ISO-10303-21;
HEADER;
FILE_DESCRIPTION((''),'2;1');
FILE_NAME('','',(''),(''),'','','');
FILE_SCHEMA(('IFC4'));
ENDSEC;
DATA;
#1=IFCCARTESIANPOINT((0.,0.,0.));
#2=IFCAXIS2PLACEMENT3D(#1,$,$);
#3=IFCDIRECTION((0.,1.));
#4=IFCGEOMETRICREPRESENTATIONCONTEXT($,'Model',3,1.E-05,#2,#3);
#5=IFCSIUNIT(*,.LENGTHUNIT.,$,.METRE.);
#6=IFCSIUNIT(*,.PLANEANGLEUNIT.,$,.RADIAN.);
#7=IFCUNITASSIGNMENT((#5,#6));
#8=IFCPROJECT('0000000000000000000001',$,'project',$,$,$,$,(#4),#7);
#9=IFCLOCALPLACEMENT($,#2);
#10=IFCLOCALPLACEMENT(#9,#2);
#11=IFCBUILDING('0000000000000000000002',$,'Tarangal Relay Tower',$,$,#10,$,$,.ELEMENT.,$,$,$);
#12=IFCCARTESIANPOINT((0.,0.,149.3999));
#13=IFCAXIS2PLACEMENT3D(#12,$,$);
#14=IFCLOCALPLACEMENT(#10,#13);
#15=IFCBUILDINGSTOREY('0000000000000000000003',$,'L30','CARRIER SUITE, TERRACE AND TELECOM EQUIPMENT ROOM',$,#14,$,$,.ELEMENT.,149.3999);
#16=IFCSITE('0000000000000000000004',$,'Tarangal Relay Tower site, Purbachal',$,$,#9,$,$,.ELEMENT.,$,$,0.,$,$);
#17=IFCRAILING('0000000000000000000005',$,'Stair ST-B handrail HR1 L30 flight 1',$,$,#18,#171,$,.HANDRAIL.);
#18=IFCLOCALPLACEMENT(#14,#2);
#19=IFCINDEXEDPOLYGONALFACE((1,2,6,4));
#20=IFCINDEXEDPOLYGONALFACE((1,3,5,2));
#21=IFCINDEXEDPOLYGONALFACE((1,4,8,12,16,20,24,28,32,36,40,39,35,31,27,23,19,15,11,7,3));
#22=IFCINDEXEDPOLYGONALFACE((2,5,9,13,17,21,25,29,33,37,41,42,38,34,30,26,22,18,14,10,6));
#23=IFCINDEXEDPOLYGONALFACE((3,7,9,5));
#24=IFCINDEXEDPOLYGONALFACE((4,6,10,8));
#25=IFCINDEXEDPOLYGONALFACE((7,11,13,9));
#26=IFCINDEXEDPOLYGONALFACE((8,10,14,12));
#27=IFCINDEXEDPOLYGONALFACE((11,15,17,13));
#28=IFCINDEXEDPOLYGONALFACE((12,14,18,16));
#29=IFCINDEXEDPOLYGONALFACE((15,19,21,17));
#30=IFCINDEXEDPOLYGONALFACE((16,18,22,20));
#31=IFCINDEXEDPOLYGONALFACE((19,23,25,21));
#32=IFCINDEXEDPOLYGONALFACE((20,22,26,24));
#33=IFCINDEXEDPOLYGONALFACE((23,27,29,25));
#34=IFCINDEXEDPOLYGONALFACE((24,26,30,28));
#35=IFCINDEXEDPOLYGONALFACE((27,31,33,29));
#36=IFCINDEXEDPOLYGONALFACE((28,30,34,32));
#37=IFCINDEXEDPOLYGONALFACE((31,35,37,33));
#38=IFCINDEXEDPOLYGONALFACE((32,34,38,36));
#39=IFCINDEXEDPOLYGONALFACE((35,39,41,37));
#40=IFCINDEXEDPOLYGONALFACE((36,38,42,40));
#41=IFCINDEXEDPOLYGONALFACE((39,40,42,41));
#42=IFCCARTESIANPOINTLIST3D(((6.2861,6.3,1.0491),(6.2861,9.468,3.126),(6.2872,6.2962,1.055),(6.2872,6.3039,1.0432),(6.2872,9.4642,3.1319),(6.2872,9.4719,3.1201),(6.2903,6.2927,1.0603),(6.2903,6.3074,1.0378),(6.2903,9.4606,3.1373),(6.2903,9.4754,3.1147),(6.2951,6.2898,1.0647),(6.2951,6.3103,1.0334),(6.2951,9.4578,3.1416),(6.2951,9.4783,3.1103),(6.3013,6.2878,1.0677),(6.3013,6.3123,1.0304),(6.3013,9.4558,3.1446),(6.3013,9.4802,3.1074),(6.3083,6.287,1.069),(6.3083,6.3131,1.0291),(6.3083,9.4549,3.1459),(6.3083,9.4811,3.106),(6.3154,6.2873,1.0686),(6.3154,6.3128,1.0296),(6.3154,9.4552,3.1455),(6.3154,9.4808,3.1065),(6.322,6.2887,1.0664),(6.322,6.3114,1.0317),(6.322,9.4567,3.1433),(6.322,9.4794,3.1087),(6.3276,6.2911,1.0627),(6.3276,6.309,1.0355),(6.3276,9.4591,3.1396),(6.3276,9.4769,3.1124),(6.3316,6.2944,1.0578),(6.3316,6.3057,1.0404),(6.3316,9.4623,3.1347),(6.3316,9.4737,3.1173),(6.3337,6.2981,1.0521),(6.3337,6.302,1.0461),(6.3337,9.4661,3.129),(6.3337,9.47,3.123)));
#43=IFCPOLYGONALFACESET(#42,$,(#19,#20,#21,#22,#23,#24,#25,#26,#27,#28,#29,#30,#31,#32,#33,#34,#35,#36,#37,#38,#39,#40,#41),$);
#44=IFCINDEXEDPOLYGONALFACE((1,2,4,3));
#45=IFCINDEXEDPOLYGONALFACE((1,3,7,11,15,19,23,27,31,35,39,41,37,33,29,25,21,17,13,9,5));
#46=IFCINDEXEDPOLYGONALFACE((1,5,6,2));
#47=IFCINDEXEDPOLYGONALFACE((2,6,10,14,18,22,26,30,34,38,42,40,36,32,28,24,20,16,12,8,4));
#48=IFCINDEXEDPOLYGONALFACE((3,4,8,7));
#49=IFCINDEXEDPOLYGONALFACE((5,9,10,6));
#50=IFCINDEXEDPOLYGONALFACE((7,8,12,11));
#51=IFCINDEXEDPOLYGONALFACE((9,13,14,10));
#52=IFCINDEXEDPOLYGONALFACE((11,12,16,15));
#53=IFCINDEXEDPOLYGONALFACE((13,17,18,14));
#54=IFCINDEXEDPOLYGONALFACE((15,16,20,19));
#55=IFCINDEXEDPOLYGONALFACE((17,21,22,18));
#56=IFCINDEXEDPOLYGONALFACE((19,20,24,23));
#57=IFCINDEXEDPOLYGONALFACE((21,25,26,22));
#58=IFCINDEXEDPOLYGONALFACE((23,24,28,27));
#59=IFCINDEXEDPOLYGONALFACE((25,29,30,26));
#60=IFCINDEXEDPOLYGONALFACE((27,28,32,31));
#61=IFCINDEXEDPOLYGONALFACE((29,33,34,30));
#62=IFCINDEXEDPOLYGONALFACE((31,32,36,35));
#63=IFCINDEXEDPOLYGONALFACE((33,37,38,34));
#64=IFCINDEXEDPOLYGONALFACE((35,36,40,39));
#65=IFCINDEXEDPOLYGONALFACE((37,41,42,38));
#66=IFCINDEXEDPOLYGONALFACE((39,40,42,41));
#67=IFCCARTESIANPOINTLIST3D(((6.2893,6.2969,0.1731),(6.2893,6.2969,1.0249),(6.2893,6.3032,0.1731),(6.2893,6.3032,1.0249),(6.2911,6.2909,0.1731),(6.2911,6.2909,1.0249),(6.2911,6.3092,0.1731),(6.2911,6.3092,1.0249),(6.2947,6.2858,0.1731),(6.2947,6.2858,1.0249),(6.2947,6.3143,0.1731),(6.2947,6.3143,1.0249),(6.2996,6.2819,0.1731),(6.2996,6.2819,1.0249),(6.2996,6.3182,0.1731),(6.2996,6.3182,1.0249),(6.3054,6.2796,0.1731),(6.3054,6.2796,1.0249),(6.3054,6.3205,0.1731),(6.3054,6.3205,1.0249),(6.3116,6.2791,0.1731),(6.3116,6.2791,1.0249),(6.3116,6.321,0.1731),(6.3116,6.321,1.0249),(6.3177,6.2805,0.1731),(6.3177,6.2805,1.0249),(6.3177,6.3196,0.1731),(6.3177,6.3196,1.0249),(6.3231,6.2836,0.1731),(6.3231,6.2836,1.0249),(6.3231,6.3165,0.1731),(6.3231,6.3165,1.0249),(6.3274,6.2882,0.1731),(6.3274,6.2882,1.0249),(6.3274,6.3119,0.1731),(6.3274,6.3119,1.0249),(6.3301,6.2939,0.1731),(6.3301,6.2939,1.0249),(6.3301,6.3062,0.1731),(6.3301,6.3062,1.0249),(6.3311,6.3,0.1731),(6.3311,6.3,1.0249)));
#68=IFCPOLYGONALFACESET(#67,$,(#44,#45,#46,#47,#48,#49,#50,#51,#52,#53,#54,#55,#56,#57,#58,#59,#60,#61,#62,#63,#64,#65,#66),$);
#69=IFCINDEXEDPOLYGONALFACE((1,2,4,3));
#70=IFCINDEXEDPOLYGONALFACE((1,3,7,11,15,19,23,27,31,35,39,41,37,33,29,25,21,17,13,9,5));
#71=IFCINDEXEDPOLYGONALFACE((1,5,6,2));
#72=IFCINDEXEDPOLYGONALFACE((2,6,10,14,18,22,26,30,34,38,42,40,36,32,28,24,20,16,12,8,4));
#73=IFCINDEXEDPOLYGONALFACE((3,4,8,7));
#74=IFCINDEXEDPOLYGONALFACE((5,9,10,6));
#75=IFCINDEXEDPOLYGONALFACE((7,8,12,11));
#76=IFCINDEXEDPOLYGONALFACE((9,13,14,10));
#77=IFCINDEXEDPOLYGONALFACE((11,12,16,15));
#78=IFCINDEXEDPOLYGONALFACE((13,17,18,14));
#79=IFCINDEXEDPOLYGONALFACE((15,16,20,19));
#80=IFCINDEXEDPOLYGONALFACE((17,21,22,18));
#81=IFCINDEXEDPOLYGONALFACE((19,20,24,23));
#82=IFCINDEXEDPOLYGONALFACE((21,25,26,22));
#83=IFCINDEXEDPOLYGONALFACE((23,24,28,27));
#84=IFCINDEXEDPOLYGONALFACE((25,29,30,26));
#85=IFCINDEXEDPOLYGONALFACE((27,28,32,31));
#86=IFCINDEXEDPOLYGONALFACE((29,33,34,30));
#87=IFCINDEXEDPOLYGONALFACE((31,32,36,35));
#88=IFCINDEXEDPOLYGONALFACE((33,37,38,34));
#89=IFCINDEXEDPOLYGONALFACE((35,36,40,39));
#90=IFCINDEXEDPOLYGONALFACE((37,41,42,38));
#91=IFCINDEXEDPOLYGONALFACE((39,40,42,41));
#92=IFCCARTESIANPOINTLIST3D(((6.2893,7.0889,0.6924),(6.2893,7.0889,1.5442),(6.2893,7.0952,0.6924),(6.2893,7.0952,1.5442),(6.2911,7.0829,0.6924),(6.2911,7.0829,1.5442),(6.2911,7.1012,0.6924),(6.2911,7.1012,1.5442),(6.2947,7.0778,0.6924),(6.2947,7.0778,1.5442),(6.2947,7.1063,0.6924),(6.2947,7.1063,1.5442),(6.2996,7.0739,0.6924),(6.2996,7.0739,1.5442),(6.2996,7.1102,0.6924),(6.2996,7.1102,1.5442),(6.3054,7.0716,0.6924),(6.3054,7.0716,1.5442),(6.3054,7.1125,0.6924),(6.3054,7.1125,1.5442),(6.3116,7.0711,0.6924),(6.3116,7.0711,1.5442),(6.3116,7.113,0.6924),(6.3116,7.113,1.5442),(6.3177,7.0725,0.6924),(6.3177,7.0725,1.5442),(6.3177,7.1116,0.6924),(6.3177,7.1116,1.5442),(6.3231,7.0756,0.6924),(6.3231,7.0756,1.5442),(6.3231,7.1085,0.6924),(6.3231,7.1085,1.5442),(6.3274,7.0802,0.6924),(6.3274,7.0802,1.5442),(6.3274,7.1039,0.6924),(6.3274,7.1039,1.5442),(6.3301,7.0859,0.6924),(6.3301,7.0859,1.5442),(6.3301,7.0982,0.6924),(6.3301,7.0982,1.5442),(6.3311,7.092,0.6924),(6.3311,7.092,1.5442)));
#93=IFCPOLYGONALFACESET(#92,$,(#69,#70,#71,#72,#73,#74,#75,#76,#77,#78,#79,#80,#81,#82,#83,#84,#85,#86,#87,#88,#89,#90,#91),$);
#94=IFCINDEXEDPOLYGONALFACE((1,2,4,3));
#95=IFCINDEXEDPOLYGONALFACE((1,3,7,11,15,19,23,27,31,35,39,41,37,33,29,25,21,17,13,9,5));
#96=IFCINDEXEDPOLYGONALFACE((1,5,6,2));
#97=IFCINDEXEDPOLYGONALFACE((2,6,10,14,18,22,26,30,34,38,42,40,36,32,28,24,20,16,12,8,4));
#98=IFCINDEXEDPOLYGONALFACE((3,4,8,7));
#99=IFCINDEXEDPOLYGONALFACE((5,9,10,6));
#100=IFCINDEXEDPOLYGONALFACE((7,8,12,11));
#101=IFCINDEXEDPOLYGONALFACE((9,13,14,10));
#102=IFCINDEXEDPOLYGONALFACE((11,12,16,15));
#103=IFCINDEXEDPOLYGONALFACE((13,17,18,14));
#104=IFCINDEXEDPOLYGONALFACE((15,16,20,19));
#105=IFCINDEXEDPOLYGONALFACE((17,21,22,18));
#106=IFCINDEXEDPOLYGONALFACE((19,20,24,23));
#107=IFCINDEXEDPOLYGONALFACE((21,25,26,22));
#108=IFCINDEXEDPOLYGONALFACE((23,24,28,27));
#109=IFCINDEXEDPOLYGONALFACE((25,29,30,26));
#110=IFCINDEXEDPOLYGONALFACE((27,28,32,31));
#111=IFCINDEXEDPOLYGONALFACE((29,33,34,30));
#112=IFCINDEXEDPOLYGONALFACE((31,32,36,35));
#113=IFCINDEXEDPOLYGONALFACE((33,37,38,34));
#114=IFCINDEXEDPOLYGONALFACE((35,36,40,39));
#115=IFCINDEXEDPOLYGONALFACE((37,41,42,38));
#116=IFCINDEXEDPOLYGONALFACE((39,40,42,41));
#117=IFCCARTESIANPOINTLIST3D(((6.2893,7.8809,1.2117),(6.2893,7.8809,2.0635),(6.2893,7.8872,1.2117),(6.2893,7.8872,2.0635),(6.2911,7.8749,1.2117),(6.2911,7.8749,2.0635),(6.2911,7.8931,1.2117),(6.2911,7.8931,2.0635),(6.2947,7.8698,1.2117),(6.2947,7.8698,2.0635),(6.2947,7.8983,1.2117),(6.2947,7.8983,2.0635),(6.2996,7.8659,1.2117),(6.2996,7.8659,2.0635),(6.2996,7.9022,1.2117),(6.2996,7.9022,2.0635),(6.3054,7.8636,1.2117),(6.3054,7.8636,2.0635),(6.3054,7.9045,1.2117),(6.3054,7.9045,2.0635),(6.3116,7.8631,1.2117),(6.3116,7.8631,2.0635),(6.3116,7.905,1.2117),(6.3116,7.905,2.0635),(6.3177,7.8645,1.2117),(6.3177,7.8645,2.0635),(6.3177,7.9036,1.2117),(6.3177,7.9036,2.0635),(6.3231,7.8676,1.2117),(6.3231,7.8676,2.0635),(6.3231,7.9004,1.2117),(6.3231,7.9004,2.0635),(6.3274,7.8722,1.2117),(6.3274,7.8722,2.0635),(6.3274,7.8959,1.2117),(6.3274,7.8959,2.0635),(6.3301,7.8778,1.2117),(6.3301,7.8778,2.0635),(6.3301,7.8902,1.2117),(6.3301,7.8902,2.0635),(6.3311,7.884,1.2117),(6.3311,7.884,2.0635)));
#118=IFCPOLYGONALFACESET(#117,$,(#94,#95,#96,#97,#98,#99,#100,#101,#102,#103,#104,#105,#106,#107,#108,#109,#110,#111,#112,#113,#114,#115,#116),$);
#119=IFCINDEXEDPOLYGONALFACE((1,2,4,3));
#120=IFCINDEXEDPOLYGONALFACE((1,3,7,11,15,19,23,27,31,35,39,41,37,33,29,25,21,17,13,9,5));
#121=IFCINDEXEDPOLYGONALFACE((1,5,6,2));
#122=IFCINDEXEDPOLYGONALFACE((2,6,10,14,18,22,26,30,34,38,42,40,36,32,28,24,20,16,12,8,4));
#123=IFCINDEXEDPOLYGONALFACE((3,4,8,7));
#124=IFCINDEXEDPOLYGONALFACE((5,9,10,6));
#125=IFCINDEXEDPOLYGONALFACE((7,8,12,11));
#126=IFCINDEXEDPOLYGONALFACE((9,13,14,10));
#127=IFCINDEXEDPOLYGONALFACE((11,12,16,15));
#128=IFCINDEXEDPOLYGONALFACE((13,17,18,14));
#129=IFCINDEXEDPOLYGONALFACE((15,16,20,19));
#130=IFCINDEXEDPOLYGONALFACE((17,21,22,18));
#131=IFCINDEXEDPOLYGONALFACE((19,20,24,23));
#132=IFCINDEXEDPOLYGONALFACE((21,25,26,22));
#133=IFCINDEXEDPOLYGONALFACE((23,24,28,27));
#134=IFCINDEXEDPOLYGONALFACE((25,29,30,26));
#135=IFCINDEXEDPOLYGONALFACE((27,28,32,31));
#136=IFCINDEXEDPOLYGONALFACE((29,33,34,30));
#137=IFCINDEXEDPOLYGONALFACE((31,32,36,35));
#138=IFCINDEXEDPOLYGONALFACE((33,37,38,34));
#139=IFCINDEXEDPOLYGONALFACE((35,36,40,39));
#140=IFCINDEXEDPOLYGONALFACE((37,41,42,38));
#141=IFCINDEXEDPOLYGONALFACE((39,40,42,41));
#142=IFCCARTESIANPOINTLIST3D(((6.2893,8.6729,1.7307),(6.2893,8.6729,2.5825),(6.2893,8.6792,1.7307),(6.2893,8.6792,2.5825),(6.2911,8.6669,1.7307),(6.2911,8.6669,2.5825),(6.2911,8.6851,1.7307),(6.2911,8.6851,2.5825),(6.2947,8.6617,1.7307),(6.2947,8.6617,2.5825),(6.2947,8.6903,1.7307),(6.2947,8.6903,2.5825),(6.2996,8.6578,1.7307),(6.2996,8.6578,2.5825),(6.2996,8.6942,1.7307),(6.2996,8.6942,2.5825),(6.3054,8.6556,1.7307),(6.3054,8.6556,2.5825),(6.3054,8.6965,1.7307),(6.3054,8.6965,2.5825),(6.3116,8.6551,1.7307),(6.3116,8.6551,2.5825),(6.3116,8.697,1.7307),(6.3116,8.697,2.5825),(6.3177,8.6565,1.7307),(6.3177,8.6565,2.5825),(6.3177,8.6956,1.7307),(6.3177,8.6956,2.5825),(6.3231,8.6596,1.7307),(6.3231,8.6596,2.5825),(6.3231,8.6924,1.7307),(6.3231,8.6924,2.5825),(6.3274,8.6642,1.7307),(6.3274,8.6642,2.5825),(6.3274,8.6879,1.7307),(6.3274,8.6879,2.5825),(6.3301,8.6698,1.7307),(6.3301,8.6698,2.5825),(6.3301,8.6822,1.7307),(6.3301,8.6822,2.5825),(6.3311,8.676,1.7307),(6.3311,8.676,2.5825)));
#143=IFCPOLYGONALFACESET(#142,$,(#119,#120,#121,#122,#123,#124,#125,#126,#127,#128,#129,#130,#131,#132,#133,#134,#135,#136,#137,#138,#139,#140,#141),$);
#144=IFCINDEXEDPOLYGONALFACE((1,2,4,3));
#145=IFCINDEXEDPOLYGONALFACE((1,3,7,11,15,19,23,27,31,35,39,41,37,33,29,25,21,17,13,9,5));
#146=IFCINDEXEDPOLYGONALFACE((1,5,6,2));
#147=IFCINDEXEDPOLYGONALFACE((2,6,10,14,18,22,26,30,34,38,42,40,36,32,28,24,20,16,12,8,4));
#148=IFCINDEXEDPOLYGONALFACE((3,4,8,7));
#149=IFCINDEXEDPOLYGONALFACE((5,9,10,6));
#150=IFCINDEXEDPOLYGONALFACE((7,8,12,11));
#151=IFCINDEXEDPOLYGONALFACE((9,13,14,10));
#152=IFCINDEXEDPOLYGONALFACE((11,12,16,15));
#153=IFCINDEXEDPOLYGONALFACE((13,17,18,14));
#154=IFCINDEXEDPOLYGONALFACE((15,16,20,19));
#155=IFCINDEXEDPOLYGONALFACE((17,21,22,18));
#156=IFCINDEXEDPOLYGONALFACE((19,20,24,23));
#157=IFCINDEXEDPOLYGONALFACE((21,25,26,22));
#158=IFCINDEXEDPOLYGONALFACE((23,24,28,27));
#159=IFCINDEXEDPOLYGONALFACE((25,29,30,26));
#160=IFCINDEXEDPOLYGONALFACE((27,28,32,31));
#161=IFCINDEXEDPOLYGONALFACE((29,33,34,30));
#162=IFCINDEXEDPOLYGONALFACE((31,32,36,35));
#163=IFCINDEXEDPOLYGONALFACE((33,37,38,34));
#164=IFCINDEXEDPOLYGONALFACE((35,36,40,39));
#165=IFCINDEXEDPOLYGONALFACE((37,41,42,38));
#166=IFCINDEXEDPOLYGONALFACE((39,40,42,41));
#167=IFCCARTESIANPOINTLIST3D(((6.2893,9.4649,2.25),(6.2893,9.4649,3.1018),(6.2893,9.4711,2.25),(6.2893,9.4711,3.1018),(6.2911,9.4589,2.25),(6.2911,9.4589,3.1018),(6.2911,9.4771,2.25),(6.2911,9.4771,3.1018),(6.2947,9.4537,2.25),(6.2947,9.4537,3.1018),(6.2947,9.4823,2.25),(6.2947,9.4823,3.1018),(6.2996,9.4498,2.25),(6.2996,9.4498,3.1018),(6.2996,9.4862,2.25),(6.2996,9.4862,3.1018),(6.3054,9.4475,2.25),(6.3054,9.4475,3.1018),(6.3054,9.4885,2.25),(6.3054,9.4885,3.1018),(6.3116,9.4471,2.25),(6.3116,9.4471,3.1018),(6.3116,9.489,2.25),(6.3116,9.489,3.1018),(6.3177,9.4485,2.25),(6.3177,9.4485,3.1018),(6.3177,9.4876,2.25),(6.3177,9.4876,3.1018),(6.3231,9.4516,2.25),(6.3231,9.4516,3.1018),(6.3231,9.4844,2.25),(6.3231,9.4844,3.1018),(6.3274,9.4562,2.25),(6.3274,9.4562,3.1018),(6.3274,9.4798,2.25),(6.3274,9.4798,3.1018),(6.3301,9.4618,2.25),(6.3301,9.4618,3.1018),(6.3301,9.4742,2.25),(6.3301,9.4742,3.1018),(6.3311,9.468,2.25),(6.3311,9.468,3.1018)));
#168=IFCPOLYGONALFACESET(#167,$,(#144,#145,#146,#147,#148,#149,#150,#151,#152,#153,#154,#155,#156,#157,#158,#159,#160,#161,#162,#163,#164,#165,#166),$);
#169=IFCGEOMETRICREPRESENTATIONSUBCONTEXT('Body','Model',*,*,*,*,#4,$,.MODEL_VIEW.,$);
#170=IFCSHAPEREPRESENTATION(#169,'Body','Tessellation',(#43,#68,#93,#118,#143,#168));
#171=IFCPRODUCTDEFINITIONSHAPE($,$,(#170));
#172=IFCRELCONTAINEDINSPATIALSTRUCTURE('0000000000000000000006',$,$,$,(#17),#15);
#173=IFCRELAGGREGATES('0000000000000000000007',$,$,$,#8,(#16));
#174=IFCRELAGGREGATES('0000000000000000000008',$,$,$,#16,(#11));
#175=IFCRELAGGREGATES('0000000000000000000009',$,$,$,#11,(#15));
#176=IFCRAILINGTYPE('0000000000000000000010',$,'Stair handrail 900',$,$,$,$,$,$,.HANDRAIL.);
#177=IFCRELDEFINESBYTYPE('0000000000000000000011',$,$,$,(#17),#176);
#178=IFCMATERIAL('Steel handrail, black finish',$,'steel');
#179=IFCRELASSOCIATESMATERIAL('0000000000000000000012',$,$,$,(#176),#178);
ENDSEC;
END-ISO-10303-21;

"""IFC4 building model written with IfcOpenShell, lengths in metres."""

from ifc_helpers import new_model, si_unit, direction, frame, origin, origin_2d, place, context, subcontext, project, spatial, circle, extrude, material, type_object, element, save


model = new_model("IFC4")

# Units and contexts
model_context = context("Model", 3, precision=1e-05, world=origin(), true_north=direction((0.0, 1.0)))
body_context = subcontext(model_context, "Body", "Model", "MODEL_VIEW")
ifc_project = project(units=[si_unit("LENGTHUNIT", "METRE"), si_unit("PLANEANGLEUNIT", "RADIAN")], contexts=[model_context])

# Site, building, storey
site_placement = place(None, origin())
site = spatial("IfcSite", under=ifc_project, at=site_placement, Name="Tarangal Relay Tower site, Purbachal", CompositionType="ELEMENT", RefElevation=0.0)
building_placement = place(site_placement, origin())
building = spatial("IfcBuilding", under=site, at=building_placement, Name="Tarangal Relay Tower", CompositionType="ELEMENT")
storey_placement = place(building_placement, frame((0.0, 0.0, 149.3999)))
storey = spatial("IfcBuildingStorey", under=building, at=storey_placement, Name="L30", Description="CARRIER SUITE, TERRACE AND TELECOM EQUIPMENT ROOM", CompositionType="ELEMENT", Elevation=149.3999)

# Railing
ifc_material_1 = material(Name="Steel handrail, black finish", Category="steel")
railing_type_1 = type_object("IfcRailingType", Name="Stair handrail 900", PredefinedType="HANDRAIL", material=ifc_material_1)
railing_1_placement = place(storey_placement, frame((6.3101, 6.3, 0.1731)))
element("IfcRailing", 1, at=railing_1_placement, inside=storey, type_object=railing_type_1, Name="Stair ST-B handrail HR1 L30 flight 1", PredefinedType="HANDRAIL", context=body_context, shape_type="SweptSolid", body=[
    extrude(circle(Radius=0.0239, at=origin_2d()), frame((0.0, 0.0, 0.876), z_axis=(0.0, 0.836299, 0.548273), x_axis=(-1.0, 0.0, 0.0)), (0.0, 0.0, 1.0), 3.7881),
    extrude(circle(Radius=0.021, at=origin_2d()), origin(), (0.0, 0.0, 1.0), 0.8518),
    extrude(circle(Radius=0.021, at=origin_2d()), frame((0.0, 0.792, 0.5193)), (0.0, 0.0, 1.0), 0.8518),
    extrude(circle(Radius=0.021, at=origin_2d()), frame((0.0, 1.584, 1.0386)), (0.0, 0.0, 1.0), 0.8518),
    extrude(circle(Radius=0.021, at=origin_2d()), frame((0.0, 2.376, 1.5576)), (0.0, 0.0, 1.0), 0.8518),
    extrude(circle(Radius=0.021, at=origin_2d()), frame((0.0, 3.168, 2.0769)), (0.0, 0.0, 1.0), 0.8518),
])

save(model, "model.ifc")
